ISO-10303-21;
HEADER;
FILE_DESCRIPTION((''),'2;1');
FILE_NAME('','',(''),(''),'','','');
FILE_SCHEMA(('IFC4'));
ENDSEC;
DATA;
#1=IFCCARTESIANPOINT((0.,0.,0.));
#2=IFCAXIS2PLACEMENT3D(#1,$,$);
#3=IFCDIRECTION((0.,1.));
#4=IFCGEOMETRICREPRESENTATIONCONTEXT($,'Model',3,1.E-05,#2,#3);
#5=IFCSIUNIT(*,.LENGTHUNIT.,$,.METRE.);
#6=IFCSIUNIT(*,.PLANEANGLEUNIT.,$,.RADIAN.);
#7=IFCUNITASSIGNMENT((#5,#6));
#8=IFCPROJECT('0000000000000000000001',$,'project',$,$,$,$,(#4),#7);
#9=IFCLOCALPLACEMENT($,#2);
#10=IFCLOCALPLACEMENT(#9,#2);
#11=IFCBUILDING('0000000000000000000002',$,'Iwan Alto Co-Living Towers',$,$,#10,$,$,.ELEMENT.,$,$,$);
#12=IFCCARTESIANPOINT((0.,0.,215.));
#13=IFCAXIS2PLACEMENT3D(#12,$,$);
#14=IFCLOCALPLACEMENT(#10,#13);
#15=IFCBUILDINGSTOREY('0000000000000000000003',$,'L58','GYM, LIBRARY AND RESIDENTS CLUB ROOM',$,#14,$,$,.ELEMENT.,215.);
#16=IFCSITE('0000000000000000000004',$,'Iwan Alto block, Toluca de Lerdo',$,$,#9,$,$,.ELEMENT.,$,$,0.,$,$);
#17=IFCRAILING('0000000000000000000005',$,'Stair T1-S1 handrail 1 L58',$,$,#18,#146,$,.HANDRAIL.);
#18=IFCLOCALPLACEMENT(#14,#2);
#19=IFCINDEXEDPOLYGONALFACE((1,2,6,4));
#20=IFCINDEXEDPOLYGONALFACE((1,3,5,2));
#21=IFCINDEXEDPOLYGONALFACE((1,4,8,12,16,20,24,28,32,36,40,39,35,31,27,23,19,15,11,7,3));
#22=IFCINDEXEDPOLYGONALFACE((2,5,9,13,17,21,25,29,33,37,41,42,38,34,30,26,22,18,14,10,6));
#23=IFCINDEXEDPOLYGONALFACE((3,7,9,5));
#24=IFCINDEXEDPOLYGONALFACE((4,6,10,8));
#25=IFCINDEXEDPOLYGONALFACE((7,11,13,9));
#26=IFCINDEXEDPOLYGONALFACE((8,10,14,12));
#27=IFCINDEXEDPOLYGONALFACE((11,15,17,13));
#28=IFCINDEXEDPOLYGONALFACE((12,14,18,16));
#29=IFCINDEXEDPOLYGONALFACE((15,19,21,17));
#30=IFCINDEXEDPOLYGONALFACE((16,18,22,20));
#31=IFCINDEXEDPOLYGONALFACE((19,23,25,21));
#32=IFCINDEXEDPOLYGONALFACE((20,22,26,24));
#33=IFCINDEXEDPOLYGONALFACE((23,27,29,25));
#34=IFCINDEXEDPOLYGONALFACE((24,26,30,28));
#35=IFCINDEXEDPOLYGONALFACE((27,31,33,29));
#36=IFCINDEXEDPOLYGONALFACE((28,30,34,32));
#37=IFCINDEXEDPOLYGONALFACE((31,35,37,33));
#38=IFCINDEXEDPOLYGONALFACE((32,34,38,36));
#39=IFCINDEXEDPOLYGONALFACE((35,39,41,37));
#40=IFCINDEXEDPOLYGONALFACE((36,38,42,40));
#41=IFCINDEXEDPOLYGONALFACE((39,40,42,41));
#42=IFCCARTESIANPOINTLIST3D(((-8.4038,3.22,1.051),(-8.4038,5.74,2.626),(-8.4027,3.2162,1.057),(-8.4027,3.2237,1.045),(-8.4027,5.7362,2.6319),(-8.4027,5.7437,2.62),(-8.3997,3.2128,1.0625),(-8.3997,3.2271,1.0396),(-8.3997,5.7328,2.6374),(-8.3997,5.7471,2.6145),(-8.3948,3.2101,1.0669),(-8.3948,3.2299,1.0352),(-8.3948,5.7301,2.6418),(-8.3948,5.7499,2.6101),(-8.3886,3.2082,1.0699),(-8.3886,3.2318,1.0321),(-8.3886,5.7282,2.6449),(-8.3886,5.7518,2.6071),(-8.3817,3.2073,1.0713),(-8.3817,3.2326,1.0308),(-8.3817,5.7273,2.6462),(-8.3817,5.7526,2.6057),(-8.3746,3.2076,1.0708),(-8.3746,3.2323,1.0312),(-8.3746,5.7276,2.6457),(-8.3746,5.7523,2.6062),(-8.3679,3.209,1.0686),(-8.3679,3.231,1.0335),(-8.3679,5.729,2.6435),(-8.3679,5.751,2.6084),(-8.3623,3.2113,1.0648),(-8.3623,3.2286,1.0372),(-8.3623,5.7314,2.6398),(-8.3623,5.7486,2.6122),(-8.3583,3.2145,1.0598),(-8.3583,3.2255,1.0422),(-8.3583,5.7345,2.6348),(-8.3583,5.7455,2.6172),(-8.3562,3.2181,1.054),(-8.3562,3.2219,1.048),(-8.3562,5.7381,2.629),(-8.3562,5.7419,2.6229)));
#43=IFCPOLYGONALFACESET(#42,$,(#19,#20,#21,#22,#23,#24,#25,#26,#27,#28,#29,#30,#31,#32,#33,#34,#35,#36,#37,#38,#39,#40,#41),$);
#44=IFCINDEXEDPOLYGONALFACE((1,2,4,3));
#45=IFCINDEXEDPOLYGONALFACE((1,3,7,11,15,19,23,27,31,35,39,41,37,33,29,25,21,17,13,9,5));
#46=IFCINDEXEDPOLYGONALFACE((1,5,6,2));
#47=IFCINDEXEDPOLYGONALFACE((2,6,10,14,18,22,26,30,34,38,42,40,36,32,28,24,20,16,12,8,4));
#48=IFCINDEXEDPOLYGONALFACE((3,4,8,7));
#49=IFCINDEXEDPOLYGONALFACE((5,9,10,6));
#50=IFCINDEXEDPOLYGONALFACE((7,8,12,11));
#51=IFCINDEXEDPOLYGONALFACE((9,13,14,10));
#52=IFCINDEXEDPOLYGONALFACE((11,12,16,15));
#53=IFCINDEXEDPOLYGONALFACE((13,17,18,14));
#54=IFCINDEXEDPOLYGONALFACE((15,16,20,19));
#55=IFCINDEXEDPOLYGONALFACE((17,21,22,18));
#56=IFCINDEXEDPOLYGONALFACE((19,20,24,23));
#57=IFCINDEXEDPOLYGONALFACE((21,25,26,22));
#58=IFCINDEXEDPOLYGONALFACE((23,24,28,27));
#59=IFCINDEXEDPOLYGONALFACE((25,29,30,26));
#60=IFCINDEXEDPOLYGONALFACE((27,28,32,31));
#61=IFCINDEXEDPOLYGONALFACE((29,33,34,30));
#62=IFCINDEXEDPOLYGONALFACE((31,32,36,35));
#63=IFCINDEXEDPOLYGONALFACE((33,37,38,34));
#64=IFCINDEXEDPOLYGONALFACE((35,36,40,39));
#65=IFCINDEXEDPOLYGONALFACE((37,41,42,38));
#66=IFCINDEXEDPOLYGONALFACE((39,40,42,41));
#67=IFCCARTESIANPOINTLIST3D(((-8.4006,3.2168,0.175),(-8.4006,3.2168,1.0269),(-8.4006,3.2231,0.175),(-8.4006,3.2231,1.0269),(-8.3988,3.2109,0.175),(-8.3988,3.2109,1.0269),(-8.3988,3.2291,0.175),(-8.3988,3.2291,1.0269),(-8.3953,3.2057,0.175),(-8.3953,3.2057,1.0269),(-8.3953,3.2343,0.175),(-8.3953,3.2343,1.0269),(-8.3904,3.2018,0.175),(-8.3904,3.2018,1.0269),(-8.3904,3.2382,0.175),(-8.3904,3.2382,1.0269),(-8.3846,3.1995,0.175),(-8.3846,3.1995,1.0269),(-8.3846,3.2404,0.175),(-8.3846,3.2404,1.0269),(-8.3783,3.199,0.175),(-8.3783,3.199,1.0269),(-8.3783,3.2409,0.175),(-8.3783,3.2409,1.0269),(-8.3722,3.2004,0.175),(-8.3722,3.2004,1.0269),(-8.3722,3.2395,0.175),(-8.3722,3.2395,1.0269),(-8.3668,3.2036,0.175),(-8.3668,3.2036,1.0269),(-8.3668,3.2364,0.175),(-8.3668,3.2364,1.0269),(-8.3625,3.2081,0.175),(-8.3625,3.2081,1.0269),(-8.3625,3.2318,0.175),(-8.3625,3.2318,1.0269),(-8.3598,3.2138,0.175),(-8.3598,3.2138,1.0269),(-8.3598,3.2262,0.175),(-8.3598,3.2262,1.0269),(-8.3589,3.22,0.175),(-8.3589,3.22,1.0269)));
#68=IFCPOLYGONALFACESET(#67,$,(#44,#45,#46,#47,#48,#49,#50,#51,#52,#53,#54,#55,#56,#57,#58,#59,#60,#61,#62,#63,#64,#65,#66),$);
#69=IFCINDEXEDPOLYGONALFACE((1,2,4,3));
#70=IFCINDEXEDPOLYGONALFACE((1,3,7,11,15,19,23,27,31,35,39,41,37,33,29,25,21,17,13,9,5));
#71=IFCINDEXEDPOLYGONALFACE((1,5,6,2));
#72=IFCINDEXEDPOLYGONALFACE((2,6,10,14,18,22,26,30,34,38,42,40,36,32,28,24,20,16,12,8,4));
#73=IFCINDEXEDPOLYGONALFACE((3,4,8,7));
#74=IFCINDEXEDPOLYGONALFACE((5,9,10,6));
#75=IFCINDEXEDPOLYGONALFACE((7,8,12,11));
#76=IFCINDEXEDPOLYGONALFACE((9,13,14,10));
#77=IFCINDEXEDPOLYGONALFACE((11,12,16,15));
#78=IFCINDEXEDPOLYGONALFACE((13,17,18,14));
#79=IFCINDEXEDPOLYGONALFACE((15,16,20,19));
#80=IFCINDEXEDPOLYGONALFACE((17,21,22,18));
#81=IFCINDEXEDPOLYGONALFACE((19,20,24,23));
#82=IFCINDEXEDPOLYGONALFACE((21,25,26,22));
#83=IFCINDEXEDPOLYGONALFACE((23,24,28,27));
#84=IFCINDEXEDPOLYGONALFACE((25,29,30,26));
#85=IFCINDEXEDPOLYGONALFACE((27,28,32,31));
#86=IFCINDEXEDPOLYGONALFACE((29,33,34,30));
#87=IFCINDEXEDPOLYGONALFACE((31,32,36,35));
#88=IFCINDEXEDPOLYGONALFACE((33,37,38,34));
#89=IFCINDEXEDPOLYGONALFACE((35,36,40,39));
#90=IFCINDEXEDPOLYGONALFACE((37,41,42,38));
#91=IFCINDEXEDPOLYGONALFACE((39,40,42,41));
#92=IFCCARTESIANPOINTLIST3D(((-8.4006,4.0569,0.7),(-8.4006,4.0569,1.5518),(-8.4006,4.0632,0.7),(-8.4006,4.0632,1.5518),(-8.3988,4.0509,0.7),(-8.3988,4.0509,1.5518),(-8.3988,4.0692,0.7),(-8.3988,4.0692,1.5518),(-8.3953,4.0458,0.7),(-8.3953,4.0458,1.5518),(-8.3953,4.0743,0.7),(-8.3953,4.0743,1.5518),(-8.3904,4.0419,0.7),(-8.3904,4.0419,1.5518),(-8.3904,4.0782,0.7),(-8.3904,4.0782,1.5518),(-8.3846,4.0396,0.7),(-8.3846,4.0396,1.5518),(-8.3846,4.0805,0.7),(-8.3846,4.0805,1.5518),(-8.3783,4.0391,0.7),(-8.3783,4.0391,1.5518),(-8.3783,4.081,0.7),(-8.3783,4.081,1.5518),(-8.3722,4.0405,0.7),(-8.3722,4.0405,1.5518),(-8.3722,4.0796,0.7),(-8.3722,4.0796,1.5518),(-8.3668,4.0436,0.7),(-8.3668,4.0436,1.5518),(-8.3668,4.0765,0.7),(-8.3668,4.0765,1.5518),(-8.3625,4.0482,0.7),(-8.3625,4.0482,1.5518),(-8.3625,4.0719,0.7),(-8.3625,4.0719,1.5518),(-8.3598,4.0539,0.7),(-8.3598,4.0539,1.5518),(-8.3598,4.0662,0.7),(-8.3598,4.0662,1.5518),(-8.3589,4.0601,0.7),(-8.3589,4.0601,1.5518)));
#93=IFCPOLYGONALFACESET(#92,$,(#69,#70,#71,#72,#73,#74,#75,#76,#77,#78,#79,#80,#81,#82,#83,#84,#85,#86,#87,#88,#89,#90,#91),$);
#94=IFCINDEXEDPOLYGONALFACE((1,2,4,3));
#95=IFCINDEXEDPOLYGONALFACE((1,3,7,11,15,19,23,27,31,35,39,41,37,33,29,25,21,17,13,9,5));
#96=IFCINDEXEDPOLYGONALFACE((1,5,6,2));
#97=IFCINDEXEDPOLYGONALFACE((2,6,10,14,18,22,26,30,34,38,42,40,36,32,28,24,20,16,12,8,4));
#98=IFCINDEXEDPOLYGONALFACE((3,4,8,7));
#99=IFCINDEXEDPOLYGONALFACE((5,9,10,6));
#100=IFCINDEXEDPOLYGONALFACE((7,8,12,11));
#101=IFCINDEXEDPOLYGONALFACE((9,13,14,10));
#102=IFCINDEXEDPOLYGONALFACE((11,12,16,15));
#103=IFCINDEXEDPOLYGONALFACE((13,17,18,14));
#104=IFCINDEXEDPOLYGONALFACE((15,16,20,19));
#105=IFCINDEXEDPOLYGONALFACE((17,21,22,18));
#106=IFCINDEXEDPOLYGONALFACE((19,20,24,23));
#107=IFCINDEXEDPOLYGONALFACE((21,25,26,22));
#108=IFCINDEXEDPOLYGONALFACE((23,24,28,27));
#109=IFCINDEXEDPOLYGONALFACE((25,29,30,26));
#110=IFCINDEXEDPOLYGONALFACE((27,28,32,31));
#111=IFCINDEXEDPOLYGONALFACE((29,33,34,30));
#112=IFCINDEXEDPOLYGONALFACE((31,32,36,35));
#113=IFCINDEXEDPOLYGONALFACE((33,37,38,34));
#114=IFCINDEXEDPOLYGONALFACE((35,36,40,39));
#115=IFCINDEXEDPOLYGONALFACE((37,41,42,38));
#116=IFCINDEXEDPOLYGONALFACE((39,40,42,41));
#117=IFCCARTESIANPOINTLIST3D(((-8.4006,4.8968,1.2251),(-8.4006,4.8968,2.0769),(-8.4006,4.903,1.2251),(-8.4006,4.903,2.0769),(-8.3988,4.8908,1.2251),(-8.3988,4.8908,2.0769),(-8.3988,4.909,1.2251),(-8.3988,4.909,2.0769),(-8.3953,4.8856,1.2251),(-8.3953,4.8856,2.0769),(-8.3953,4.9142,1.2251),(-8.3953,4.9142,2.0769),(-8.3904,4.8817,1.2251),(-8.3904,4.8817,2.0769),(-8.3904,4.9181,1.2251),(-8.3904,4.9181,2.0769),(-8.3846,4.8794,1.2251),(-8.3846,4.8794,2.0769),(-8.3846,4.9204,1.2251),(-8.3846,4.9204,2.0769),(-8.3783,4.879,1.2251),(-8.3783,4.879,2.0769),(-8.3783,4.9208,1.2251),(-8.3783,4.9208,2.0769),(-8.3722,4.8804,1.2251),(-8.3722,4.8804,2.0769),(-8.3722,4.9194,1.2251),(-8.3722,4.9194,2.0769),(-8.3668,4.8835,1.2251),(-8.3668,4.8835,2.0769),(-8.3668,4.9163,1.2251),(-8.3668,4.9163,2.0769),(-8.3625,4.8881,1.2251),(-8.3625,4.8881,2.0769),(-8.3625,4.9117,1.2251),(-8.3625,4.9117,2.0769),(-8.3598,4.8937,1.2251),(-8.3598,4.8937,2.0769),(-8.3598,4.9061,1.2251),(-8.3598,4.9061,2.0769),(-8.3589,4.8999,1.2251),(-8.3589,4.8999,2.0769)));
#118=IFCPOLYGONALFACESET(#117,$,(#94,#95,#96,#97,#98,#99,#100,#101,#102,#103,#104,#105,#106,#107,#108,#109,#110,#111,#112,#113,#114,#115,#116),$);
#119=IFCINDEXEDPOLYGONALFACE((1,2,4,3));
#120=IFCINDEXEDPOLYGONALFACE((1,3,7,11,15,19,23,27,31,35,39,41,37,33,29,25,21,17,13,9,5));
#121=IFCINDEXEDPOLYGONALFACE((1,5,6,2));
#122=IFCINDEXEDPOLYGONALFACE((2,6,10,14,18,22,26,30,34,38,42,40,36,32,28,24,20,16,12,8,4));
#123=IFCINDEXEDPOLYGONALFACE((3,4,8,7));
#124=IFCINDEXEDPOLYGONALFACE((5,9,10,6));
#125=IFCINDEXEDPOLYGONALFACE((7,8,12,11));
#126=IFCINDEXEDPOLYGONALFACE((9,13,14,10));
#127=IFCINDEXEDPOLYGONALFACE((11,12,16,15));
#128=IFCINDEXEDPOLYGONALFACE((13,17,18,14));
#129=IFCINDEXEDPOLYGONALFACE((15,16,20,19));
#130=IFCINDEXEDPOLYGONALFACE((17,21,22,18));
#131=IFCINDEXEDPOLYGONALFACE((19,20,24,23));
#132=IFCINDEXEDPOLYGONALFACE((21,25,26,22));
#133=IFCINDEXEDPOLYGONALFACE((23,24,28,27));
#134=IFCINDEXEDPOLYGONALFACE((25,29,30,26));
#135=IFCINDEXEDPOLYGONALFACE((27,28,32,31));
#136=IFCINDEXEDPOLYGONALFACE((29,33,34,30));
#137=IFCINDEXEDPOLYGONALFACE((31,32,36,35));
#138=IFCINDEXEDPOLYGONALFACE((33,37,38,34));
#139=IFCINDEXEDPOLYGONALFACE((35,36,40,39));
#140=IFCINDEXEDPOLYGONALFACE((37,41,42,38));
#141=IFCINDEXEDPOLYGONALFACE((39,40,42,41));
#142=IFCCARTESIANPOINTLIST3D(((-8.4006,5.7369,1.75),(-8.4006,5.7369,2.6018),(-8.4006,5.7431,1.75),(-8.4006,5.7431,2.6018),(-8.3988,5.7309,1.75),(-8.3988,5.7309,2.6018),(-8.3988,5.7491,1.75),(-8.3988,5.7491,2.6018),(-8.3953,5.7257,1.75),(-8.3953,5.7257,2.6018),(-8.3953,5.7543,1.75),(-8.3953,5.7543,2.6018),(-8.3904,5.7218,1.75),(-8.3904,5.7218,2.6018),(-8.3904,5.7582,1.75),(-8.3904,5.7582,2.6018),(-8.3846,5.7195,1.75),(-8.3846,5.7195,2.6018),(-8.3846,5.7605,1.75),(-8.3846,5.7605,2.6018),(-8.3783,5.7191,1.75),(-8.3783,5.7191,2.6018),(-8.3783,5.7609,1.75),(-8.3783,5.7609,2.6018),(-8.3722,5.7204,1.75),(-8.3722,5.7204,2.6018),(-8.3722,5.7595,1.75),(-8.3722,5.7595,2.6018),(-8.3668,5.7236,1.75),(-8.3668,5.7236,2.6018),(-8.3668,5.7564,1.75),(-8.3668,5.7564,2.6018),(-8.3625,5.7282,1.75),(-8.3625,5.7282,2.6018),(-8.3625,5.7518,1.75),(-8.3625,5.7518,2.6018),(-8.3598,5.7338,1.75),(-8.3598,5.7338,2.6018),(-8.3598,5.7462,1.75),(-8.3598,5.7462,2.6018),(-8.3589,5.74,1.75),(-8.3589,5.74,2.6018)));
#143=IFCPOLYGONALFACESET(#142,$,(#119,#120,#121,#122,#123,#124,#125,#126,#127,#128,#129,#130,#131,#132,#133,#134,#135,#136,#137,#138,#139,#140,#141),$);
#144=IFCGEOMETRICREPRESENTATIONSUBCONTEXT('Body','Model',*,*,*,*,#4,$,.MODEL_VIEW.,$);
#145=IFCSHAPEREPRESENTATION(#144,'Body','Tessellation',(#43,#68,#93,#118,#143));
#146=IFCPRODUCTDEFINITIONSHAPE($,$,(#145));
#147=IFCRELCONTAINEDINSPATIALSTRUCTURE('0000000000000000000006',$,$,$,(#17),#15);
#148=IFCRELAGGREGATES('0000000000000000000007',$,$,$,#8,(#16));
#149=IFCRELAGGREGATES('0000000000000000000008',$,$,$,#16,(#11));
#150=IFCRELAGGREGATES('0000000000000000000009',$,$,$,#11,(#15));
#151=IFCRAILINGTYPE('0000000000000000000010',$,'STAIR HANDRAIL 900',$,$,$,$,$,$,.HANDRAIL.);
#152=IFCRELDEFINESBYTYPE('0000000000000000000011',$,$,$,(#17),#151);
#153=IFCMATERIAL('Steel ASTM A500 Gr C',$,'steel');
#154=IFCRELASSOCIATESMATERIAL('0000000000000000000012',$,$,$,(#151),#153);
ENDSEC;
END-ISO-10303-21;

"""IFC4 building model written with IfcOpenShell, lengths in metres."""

from ifc_helpers import new_model, si_unit, direction, frame, origin, origin_2d, place, context, subcontext, project, spatial, circle, extrude, material, type_object, element, save


model = new_model("IFC4")

# Units and contexts
model_context = context("Model", 3, precision=1e-05, world=origin(), true_north=direction((0.0, 1.0)))
body_context = subcontext(model_context, "Body", "Model", "MODEL_VIEW")
ifc_project = project(units=[si_unit("LENGTHUNIT", "METRE"), si_unit("PLANEANGLEUNIT", "RADIAN")], contexts=[model_context])

# Site, building, storey
site_placement = place(None, origin())
site = spatial("IfcSite", under=ifc_project, at=site_placement, Name="Iwan Alto block, Toluca de Lerdo", CompositionType="ELEMENT", RefElevation=0.0)
building_placement = place(site_placement, origin())
building = spatial("IfcBuilding", under=site, at=building_placement, Name="Iwan Alto Co-Living Towers", CompositionType="ELEMENT")
storey_placement = place(building_placement, frame((0.0, 0.0, 215.0)))
storey = spatial("IfcBuildingStorey", under=building, at=storey_placement, Name="L58", Description="GYM, LIBRARY AND RESIDENTS CLUB ROOM", CompositionType="ELEMENT", Elevation=215.0)

# Railing
ifc_material_1 = material(Name="Steel ASTM A500 Gr C", Category="steel")
railing_type_1 = type_object("IfcRailingType", Name="STAIR HANDRAIL 900", PredefinedType="HANDRAIL", material=ifc_material_1)
railing_1_placement = place(storey_placement, frame((-8.3799, 3.22, 0.175)))
element("IfcRailing", 1, at=railing_1_placement, inside=storey, type_object=railing_type_1, Name="Stair T1-S1 handrail 1 L58", PredefinedType="HANDRAIL", context=body_context, shape_type="SweptSolid", body=[
    extrude(circle(Radius=0.0239, at=origin_2d()), frame((0.0, 0.0, 0.876), z_axis=(0.0, 0.848008, 0.529984), x_axis=(-1.0, 0.0, 0.0)), (0.0, 0.0, 1.0), 2.9717),
    extrude(circle(Radius=0.021, at=origin_2d()), origin(), (0.0, 0.0, 1.0), 0.8518),
    extrude(circle(Radius=0.021, at=origin_2d()), frame((0.0, 0.8401, 0.5249)), (0.0, 0.0, 1.0), 0.8518),
    extrude(circle(Radius=0.021, at=origin_2d()), frame((0.0, 1.6799, 1.05)), (0.0, 0.0, 1.0), 0.8518),
    extrude(circle(Radius=0.021, at=origin_2d()), frame((0.0, 2.52, 1.575)), (0.0, 0.0, 1.0), 0.8518),
])

save(model, "model.ifc")
